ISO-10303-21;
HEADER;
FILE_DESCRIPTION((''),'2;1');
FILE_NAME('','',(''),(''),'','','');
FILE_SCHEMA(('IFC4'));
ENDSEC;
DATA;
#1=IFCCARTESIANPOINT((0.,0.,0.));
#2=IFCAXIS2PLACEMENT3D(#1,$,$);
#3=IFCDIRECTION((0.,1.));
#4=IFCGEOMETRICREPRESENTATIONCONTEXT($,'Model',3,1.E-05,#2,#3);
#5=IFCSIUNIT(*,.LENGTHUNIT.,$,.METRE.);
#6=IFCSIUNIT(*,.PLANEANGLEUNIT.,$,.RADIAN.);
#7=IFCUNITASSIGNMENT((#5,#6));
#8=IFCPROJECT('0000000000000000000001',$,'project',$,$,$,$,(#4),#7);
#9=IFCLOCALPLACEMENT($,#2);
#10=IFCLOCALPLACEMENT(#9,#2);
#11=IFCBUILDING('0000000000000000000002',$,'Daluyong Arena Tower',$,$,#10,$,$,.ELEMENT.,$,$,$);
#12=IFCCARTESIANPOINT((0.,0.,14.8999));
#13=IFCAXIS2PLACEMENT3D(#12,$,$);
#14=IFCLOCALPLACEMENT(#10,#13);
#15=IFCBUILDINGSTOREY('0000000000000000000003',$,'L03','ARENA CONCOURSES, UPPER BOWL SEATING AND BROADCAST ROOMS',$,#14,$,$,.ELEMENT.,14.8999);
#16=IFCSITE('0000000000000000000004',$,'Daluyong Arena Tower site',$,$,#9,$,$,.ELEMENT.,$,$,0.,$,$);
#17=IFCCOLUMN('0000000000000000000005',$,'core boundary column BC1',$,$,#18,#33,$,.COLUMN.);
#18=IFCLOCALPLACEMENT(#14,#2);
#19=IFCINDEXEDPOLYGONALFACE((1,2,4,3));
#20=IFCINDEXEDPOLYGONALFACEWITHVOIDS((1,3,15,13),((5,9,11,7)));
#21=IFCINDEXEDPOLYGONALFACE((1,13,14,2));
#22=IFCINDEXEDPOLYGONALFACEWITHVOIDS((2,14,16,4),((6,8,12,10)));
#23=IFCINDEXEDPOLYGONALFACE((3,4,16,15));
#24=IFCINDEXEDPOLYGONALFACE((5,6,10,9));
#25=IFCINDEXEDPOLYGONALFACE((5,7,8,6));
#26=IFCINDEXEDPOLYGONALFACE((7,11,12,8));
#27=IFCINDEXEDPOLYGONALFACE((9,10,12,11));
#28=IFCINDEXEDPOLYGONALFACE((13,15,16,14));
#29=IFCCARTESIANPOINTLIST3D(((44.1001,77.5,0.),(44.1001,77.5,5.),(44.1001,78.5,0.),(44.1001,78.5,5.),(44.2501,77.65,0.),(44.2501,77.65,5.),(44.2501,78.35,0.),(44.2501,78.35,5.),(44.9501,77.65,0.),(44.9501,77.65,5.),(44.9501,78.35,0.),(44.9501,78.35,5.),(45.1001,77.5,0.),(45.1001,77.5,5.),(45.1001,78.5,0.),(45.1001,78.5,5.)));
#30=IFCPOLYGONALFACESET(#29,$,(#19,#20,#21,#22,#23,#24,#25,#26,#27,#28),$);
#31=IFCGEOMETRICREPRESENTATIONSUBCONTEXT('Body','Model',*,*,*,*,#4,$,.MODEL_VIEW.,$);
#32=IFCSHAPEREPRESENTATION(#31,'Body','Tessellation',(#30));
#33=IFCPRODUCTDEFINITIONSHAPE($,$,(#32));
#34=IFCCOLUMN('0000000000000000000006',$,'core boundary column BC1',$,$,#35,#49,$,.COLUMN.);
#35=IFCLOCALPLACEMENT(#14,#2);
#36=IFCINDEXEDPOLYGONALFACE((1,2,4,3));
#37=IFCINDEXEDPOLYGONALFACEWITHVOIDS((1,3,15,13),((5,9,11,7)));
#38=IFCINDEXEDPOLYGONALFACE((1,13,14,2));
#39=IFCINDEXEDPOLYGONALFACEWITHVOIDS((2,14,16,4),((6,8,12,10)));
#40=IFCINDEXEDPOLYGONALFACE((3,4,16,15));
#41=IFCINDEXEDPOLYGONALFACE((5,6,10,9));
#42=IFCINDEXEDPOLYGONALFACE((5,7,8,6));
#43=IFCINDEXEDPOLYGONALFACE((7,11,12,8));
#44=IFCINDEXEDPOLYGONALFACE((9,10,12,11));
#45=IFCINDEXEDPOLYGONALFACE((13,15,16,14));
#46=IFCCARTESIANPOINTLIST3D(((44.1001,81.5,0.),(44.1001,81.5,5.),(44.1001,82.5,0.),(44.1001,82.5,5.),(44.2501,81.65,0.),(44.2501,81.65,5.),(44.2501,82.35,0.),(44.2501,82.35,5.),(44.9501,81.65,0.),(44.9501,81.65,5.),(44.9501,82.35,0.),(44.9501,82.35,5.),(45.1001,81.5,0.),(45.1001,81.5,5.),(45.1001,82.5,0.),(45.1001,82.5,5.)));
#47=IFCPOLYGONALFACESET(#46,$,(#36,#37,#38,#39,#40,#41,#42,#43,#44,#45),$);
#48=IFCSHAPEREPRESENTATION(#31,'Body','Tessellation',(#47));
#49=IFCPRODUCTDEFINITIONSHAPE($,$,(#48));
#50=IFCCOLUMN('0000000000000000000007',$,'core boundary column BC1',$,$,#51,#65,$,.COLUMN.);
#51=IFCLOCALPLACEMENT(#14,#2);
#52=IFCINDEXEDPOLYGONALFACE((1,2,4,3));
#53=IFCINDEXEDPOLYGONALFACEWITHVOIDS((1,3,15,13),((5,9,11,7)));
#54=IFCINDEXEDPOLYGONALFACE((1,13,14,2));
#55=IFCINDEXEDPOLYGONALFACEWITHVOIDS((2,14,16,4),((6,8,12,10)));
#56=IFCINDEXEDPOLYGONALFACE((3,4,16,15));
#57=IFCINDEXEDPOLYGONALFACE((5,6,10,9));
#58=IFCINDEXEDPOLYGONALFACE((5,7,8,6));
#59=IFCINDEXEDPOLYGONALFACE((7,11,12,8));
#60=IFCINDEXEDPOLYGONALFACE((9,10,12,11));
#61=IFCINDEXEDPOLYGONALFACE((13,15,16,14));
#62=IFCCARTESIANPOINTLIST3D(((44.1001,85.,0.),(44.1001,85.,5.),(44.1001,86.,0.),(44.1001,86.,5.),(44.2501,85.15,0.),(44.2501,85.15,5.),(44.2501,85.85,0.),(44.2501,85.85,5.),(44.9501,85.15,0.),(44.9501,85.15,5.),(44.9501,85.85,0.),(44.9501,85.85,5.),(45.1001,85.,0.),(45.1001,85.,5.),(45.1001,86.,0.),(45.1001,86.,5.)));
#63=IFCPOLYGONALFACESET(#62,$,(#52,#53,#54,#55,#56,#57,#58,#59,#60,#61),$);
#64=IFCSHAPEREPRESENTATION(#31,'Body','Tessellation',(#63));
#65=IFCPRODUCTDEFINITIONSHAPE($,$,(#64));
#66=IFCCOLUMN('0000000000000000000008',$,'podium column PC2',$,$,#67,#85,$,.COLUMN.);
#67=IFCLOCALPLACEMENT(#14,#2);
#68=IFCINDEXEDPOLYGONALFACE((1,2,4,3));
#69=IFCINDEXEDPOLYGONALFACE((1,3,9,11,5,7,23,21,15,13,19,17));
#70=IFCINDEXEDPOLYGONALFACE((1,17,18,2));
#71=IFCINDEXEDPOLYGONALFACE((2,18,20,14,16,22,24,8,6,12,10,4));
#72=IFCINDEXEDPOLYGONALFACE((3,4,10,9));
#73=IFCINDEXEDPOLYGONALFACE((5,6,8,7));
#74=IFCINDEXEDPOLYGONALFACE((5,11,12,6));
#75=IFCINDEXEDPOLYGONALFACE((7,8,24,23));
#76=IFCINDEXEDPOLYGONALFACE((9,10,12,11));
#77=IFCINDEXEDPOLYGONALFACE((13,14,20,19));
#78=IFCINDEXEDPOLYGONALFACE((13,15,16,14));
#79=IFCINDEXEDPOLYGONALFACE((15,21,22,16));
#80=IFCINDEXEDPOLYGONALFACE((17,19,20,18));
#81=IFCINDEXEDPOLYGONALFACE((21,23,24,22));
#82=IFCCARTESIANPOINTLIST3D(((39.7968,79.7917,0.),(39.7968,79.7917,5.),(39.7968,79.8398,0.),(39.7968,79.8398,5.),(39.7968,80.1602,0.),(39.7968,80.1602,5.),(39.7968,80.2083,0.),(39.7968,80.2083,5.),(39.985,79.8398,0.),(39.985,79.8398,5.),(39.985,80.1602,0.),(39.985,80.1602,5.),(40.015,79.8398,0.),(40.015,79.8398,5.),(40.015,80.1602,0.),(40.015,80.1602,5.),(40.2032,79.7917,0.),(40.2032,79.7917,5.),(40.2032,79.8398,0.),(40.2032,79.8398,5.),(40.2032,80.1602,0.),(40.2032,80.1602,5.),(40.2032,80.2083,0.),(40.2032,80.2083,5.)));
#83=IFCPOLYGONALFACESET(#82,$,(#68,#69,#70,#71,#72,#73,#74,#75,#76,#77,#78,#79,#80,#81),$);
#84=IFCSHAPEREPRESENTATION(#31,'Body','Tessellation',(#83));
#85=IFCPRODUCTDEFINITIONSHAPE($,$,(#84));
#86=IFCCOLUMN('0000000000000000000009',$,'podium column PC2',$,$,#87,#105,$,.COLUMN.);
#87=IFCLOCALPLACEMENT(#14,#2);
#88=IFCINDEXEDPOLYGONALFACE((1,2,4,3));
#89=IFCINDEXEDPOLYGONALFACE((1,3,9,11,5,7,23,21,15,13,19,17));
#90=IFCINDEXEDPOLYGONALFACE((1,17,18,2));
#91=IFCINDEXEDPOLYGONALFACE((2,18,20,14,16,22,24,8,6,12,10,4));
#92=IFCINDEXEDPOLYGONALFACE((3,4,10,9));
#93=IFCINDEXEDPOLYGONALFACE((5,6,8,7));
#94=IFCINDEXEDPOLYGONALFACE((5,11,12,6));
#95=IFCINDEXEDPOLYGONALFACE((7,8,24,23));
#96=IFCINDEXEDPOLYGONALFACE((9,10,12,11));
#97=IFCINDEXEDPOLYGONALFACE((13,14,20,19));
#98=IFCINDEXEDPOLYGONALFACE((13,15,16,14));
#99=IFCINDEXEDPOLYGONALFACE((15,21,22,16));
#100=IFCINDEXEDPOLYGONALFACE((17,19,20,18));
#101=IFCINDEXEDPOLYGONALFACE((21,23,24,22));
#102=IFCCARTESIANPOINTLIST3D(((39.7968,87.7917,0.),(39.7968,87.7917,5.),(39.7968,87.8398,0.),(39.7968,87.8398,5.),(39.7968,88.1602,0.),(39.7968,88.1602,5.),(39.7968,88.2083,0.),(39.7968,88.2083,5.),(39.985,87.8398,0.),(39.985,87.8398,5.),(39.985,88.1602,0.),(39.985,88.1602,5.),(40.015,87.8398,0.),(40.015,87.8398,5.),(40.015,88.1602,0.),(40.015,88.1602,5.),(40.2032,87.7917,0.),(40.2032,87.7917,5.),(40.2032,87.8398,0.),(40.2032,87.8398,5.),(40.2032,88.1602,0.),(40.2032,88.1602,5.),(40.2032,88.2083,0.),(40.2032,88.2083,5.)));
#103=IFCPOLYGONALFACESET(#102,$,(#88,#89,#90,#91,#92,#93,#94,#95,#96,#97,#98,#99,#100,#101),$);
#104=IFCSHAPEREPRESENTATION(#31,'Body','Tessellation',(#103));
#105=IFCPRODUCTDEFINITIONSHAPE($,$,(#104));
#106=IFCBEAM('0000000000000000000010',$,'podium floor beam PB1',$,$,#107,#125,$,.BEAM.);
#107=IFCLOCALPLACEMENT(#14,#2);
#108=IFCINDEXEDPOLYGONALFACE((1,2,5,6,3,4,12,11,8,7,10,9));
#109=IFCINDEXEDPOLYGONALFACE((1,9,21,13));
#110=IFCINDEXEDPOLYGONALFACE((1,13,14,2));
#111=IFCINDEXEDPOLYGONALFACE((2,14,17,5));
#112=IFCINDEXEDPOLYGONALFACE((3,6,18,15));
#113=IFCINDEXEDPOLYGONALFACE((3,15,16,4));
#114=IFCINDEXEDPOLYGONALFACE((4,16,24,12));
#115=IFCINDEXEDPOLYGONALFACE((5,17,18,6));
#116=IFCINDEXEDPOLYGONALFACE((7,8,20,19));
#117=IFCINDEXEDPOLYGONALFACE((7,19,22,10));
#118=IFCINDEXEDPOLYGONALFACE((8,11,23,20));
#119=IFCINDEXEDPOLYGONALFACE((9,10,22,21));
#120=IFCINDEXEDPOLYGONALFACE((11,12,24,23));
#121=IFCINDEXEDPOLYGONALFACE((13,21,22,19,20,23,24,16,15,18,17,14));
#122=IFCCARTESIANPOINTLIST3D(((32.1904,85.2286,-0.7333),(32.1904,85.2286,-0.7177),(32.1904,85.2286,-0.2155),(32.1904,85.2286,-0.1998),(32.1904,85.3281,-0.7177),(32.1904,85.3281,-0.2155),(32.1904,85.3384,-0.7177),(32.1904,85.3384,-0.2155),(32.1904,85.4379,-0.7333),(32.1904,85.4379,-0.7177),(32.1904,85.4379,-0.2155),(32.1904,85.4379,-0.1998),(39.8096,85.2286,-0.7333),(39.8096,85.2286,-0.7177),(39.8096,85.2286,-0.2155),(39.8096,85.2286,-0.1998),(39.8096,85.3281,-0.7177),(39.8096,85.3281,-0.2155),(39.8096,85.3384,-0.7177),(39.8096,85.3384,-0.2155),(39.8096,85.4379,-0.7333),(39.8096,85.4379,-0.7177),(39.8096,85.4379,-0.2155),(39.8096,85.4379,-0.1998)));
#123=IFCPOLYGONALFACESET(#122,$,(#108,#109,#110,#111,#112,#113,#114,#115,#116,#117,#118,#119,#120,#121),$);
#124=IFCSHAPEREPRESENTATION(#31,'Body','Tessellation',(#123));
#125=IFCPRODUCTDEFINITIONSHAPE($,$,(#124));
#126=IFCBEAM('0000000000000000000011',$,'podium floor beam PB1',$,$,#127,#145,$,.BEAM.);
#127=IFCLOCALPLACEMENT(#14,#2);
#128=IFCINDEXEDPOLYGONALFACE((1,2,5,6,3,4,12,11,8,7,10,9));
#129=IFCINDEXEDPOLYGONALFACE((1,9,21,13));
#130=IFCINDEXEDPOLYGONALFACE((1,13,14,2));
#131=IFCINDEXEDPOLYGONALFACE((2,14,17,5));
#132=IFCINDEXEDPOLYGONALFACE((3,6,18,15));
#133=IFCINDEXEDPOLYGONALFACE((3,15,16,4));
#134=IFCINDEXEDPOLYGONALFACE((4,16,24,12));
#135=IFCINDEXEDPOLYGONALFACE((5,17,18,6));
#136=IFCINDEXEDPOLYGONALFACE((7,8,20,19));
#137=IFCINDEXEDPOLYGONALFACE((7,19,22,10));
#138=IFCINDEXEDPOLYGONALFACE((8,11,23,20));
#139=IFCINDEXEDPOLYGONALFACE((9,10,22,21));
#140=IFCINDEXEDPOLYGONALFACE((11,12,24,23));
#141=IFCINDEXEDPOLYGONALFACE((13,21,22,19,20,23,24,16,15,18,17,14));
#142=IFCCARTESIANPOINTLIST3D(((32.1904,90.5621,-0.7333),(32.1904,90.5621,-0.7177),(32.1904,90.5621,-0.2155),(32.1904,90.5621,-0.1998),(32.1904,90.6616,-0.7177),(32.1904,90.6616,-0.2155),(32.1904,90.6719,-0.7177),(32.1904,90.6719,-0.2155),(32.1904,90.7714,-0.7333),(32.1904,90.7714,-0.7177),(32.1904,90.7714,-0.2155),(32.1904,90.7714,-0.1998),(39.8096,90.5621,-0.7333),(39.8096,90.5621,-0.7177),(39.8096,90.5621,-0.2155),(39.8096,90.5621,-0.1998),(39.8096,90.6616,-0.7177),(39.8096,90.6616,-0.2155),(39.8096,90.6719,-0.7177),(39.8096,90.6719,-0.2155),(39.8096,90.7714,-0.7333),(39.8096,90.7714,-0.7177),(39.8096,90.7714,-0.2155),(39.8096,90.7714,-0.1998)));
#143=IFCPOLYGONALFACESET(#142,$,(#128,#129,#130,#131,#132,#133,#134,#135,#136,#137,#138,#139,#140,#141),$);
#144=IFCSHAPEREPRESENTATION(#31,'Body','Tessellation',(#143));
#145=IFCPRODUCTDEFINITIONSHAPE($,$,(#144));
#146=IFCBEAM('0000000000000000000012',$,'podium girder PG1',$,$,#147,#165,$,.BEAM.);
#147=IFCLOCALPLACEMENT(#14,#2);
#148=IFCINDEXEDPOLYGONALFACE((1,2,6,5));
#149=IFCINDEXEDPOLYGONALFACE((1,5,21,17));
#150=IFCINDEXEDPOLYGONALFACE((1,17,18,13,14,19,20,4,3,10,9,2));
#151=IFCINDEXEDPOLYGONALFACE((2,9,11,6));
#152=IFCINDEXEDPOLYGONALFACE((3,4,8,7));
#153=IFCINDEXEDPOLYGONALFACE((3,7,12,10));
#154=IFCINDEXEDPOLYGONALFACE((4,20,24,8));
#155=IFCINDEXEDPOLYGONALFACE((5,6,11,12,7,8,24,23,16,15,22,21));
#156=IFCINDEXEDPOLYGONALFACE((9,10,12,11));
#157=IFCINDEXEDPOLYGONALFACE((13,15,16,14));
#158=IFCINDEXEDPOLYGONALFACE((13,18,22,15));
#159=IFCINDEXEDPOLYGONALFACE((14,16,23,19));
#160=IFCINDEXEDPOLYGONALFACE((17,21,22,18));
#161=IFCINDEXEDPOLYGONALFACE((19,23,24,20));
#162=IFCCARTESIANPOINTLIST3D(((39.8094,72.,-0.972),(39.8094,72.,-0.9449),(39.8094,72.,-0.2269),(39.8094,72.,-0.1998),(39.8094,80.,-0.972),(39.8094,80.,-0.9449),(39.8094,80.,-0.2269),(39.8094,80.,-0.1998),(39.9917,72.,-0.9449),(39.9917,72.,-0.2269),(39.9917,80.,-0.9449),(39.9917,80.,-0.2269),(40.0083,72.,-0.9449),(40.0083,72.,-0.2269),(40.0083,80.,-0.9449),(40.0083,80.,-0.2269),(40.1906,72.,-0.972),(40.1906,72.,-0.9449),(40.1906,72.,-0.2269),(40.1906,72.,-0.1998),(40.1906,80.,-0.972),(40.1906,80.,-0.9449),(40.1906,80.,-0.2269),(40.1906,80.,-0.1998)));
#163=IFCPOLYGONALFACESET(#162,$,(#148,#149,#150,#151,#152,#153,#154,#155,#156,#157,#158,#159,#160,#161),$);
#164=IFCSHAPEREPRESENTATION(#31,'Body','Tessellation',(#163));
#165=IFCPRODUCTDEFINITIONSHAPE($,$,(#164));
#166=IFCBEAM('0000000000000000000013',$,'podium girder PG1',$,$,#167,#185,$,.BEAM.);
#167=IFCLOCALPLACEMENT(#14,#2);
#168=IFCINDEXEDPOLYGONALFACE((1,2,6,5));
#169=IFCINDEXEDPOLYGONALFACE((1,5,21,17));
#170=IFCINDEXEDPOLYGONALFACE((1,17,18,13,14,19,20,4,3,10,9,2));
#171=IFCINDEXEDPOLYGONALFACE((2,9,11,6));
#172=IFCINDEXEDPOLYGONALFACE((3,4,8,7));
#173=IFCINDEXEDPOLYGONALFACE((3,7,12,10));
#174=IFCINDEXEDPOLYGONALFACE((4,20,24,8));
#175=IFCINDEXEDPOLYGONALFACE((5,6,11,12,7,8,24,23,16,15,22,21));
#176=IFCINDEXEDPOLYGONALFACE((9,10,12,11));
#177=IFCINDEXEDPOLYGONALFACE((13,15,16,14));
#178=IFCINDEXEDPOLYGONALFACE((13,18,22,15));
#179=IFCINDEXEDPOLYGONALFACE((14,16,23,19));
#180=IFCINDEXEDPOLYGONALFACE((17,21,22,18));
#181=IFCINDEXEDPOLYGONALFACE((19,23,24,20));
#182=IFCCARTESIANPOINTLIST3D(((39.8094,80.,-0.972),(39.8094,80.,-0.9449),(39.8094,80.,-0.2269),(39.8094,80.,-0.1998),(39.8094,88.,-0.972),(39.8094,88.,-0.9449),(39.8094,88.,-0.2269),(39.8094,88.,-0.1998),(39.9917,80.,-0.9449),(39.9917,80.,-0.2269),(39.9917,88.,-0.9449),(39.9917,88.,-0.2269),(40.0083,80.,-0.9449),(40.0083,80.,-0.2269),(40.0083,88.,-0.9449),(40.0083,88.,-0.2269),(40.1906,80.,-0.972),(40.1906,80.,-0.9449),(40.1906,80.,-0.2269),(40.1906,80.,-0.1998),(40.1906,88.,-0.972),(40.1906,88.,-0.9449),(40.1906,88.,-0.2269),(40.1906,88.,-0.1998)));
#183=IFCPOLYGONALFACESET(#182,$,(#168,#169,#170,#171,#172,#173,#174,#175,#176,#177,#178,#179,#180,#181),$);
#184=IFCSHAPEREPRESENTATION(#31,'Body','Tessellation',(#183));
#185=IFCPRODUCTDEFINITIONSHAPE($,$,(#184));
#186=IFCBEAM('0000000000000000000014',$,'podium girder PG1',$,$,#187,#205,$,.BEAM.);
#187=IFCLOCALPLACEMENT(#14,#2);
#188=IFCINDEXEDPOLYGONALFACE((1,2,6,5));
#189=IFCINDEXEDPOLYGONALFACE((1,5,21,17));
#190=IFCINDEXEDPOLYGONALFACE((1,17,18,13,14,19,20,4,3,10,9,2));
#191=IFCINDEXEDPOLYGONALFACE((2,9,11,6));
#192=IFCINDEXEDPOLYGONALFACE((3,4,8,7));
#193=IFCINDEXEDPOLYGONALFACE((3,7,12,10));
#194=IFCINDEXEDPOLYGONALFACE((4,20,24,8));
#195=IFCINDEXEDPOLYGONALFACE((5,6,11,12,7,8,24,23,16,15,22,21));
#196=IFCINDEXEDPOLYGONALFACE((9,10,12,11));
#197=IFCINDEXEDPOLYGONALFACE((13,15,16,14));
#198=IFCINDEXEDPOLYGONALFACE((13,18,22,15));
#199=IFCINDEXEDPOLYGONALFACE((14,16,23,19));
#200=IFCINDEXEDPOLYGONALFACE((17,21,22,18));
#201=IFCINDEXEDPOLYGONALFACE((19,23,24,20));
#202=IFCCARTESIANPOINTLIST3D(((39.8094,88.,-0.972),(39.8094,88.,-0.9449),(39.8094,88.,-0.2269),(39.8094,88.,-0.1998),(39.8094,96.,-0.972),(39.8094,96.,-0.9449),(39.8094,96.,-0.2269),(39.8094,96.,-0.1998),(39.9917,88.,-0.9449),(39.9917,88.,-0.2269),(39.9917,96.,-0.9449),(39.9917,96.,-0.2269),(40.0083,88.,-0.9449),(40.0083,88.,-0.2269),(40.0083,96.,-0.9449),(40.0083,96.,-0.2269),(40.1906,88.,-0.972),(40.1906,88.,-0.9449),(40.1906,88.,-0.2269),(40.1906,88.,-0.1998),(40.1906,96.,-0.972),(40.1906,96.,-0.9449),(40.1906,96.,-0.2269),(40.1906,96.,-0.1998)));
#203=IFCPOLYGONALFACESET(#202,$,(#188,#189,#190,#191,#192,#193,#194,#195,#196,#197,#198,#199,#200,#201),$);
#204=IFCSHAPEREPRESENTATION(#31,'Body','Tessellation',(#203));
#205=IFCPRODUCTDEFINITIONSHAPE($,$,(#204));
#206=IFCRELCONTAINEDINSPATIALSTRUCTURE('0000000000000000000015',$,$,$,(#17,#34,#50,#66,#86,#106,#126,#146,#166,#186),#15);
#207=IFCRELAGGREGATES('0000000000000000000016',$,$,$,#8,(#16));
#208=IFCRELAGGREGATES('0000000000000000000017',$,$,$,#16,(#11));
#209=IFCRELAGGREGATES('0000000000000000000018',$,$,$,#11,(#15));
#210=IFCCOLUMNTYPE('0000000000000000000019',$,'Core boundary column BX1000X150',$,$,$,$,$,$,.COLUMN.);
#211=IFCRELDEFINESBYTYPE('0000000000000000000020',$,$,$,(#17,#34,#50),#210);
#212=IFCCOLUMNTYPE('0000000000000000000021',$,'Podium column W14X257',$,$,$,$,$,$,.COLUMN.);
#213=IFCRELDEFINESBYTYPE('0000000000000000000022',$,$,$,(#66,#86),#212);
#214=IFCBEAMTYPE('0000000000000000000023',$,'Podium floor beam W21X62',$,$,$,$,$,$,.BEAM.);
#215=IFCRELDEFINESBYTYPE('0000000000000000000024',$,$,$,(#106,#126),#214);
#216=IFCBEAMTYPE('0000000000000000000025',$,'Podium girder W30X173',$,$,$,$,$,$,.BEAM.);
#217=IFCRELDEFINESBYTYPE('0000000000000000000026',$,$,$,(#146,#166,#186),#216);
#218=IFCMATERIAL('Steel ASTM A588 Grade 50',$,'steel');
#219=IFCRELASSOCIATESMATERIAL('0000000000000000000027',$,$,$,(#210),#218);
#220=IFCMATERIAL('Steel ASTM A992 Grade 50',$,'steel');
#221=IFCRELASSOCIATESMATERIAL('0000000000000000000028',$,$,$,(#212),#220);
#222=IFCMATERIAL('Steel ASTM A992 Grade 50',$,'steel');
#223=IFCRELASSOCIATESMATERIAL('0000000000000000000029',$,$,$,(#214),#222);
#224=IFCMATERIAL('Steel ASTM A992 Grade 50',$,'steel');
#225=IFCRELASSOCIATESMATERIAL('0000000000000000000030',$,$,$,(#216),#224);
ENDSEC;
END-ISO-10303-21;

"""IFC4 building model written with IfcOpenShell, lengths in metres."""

from ifc_helpers import new_model, si_unit, direction, frame, origin, origin_2d, place, context, subcontext, project, spatial, hollow_rectangle, i_section, extrude, material, material_profile, profile_set, type_object, element, save


model = new_model("IFC4")

# Units and contexts
model_context = context("Model", 3, precision=1e-05, world=origin(), true_north=direction((0.0, 1.0)))
body_context = subcontext(model_context, "Body", "Model", "MODEL_VIEW")
ifc_project = project(units=[si_unit("LENGTHUNIT", "METRE"), si_unit("PLANEANGLEUNIT", "RADIAN")], contexts=[model_context])

# Site, building, storey
site_placement = place(None, origin())
site = spatial("IfcSite", under=ifc_project, at=site_placement, Name="Daluyong Arena Tower site", CompositionType="ELEMENT", RefElevation=0.0)
building_placement = place(site_placement, origin())
building = spatial("IfcBuilding", under=site, at=building_placement, Name="Daluyong Arena Tower", CompositionType="ELEMENT")
storey_placement = place(building_placement, frame((0.0, 0.0, 14.8999)))
storey = spatial("IfcBuildingStorey", under=building, at=storey_placement, Name="L03", Description="ARENA CONCOURSES, UPPER BOWL SEATING AND BROADCAST ROOMS", CompositionType="ELEMENT", Elevation=14.8999)

# Columns
ifc_material_1 = material(Name="Steel ASTM A588 Grade 50", Category="steel")
ifc_material_profile_1 = material_profile(ifc_material_1, hollow_rectangle(XDim=1.0, YDim=1.0, WallThickness=0.15, at=origin_2d()))
ifc_profile_set_1 = profile_set([ifc_material_profile_1], Name="Steel ASTM A588 Grade 50")
column_type_1 = type_object("IfcColumnType", Name="Core boundary column BX1000X150", PredefinedType="COLUMN", material=ifc_profile_set_1)
for number, where, z_axis, x_axis, name in (
    (1, (44.6001, 78.0, 0.0), (0.0, 0.0, 1.0), (1.0, 0.0, 0.0), "core boundary column BC1"),
    (2, (44.6001, 82.0, 0.0), (0.0, 0.0, 1.0), (1.0, 0.0, 0.0), "core boundary column BC1"),
    (3, (44.6001, 85.5, 0.0), (0.0, 0.0, 1.0), (1.0, 0.0, 0.0), "core boundary column BC1"),
):
    element("IfcColumn", number, at=place(storey_placement, frame(where, z_axis=z_axis, x_axis=x_axis)), inside=storey, type_object=column_type_1, Name=name, PredefinedType="COLUMN", context=body_context, shape_type="SweptSolid", body=[
        extrude(hollow_rectangle(XDim=1.0, YDim=1.0, WallThickness=0.15, at=origin_2d()), origin(), (0.0, 0.0, 1.0), 5.0),
    ])
ifc_material_2 = material(Name="Steel ASTM A992 Grade 50", Category="steel")
ifc_material_profile_2 = material_profile(ifc_material_2, i_section(OverallWidth=0.4065, OverallDepth=0.4165, WebThickness=0.03, FlangeThickness=0.0481, at=origin_2d()))
ifc_profile_set_2 = profile_set([ifc_material_profile_2], Name="Steel ASTM A992 Grade 50")
column_type_2 = type_object("IfcColumnType", Name="Podium column W14X257", PredefinedType="COLUMN", material=ifc_profile_set_2)
for number, where, z_axis, x_axis, name in (
    (4, (40.0, 80.0, 0.0), (0.0, 0.0, 1.0), (1.0, 0.0, 0.0), "podium column PC2"),
    (5, (40.0, 88.0, 0.0), (0.0, 0.0, 1.0), (1.0, 0.0, 0.0), "podium column PC2"),
):
    element("IfcColumn", number, at=place(storey_placement, frame(where, z_axis=z_axis, x_axis=x_axis)), inside=storey, type_object=column_type_2, Name=name, PredefinedType="COLUMN", context=body_context, shape_type="SweptSolid", body=[
        extrude(i_section(OverallWidth=0.4065, OverallDepth=0.4165, WebThickness=0.03, FlangeThickness=0.0481, at=origin_2d()), origin(), (0.0, 0.0, 1.0), 5.0),
    ])

# Beams
ifc_material_3 = material(Name="Steel ASTM A992 Grade 50", Category="steel")
ifc_material_profile_3 = material_profile(ifc_material_3, i_section(OverallWidth=0.2092, OverallDepth=0.5334, WebThickness=0.0103, FlangeThickness=0.0156, at=origin_2d()))
ifc_profile_set_3 = profile_set([ifc_material_profile_3], Name="Steel ASTM A992 Grade 50")
beam_type_1 = type_object("IfcBeamType", Name="Podium floor beam W21X62", PredefinedType="BEAM", material=ifc_profile_set_3)
for number, where, z_axis, x_axis, name in (
    (6, (32.1904, 85.3333, -0.4666), (1.0, 0.0, 0.0), (0.0, 1.0, 0.0), "podium floor beam PB1"),
    (7, (32.1904, 90.6667, -0.4666), (1.0, 0.0, 0.0), (0.0, 1.0, 0.0), "podium floor beam PB1"),
):
    element("IfcBeam", number, at=place(storey_placement, frame(where, z_axis=z_axis, x_axis=x_axis)), inside=storey, type_object=beam_type_1, Name=name, PredefinedType="BEAM", context=body_context, shape_type="SweptSolid", body=[
        extrude(i_section(OverallWidth=0.2092, OverallDepth=0.5334, WebThickness=0.0103, FlangeThickness=0.0156, at=origin_2d()), origin(), (0.0, 0.0, 1.0), 7.6191),
    ])
ifc_material_4 = material(Name="Steel ASTM A992 Grade 50", Category="steel")
ifc_material_profile_4 = material_profile(ifc_material_4, i_section(OverallWidth=0.3811, OverallDepth=0.7722, WebThickness=0.0166, FlangeThickness=0.0271, at=origin_2d()))
ifc_profile_set_4 = profile_set([ifc_material_profile_4], Name="Steel ASTM A992 Grade 50")
beam_type_2 = type_object("IfcBeamType", Name="Podium girder W30X173", PredefinedType="BEAM", material=ifc_profile_set_4)
for number, where, z_axis, x_axis, name in (
    (8, (40.0, 72.0, -0.5859), (0.0, 1.0, 0.0), (-1.0, 0.0, 0.0), "podium girder PG1"),
    (9, (40.0, 80.0, -0.5859), (0.0, 1.0, 0.0), (-1.0, 0.0, 0.0), "podium girder PG1"),
    (10, (40.0, 88.0, -0.5859), (0.0, 1.0, 0.0), (-1.0, 0.0, 0.0), "podium girder PG1"),
):
    element("IfcBeam", number, at=place(storey_placement, frame(where, z_axis=z_axis, x_axis=x_axis)), inside=storey, type_object=beam_type_2, Name=name, PredefinedType="BEAM", context=body_context, shape_type="SweptSolid", body=[
        extrude(i_section(OverallWidth=0.3811, OverallDepth=0.7722, WebThickness=0.0166, FlangeThickness=0.0271, at=origin_2d()), origin(), (0.0, 0.0, 1.0), 8.0),
    ])

save(model, "model.ifc")
